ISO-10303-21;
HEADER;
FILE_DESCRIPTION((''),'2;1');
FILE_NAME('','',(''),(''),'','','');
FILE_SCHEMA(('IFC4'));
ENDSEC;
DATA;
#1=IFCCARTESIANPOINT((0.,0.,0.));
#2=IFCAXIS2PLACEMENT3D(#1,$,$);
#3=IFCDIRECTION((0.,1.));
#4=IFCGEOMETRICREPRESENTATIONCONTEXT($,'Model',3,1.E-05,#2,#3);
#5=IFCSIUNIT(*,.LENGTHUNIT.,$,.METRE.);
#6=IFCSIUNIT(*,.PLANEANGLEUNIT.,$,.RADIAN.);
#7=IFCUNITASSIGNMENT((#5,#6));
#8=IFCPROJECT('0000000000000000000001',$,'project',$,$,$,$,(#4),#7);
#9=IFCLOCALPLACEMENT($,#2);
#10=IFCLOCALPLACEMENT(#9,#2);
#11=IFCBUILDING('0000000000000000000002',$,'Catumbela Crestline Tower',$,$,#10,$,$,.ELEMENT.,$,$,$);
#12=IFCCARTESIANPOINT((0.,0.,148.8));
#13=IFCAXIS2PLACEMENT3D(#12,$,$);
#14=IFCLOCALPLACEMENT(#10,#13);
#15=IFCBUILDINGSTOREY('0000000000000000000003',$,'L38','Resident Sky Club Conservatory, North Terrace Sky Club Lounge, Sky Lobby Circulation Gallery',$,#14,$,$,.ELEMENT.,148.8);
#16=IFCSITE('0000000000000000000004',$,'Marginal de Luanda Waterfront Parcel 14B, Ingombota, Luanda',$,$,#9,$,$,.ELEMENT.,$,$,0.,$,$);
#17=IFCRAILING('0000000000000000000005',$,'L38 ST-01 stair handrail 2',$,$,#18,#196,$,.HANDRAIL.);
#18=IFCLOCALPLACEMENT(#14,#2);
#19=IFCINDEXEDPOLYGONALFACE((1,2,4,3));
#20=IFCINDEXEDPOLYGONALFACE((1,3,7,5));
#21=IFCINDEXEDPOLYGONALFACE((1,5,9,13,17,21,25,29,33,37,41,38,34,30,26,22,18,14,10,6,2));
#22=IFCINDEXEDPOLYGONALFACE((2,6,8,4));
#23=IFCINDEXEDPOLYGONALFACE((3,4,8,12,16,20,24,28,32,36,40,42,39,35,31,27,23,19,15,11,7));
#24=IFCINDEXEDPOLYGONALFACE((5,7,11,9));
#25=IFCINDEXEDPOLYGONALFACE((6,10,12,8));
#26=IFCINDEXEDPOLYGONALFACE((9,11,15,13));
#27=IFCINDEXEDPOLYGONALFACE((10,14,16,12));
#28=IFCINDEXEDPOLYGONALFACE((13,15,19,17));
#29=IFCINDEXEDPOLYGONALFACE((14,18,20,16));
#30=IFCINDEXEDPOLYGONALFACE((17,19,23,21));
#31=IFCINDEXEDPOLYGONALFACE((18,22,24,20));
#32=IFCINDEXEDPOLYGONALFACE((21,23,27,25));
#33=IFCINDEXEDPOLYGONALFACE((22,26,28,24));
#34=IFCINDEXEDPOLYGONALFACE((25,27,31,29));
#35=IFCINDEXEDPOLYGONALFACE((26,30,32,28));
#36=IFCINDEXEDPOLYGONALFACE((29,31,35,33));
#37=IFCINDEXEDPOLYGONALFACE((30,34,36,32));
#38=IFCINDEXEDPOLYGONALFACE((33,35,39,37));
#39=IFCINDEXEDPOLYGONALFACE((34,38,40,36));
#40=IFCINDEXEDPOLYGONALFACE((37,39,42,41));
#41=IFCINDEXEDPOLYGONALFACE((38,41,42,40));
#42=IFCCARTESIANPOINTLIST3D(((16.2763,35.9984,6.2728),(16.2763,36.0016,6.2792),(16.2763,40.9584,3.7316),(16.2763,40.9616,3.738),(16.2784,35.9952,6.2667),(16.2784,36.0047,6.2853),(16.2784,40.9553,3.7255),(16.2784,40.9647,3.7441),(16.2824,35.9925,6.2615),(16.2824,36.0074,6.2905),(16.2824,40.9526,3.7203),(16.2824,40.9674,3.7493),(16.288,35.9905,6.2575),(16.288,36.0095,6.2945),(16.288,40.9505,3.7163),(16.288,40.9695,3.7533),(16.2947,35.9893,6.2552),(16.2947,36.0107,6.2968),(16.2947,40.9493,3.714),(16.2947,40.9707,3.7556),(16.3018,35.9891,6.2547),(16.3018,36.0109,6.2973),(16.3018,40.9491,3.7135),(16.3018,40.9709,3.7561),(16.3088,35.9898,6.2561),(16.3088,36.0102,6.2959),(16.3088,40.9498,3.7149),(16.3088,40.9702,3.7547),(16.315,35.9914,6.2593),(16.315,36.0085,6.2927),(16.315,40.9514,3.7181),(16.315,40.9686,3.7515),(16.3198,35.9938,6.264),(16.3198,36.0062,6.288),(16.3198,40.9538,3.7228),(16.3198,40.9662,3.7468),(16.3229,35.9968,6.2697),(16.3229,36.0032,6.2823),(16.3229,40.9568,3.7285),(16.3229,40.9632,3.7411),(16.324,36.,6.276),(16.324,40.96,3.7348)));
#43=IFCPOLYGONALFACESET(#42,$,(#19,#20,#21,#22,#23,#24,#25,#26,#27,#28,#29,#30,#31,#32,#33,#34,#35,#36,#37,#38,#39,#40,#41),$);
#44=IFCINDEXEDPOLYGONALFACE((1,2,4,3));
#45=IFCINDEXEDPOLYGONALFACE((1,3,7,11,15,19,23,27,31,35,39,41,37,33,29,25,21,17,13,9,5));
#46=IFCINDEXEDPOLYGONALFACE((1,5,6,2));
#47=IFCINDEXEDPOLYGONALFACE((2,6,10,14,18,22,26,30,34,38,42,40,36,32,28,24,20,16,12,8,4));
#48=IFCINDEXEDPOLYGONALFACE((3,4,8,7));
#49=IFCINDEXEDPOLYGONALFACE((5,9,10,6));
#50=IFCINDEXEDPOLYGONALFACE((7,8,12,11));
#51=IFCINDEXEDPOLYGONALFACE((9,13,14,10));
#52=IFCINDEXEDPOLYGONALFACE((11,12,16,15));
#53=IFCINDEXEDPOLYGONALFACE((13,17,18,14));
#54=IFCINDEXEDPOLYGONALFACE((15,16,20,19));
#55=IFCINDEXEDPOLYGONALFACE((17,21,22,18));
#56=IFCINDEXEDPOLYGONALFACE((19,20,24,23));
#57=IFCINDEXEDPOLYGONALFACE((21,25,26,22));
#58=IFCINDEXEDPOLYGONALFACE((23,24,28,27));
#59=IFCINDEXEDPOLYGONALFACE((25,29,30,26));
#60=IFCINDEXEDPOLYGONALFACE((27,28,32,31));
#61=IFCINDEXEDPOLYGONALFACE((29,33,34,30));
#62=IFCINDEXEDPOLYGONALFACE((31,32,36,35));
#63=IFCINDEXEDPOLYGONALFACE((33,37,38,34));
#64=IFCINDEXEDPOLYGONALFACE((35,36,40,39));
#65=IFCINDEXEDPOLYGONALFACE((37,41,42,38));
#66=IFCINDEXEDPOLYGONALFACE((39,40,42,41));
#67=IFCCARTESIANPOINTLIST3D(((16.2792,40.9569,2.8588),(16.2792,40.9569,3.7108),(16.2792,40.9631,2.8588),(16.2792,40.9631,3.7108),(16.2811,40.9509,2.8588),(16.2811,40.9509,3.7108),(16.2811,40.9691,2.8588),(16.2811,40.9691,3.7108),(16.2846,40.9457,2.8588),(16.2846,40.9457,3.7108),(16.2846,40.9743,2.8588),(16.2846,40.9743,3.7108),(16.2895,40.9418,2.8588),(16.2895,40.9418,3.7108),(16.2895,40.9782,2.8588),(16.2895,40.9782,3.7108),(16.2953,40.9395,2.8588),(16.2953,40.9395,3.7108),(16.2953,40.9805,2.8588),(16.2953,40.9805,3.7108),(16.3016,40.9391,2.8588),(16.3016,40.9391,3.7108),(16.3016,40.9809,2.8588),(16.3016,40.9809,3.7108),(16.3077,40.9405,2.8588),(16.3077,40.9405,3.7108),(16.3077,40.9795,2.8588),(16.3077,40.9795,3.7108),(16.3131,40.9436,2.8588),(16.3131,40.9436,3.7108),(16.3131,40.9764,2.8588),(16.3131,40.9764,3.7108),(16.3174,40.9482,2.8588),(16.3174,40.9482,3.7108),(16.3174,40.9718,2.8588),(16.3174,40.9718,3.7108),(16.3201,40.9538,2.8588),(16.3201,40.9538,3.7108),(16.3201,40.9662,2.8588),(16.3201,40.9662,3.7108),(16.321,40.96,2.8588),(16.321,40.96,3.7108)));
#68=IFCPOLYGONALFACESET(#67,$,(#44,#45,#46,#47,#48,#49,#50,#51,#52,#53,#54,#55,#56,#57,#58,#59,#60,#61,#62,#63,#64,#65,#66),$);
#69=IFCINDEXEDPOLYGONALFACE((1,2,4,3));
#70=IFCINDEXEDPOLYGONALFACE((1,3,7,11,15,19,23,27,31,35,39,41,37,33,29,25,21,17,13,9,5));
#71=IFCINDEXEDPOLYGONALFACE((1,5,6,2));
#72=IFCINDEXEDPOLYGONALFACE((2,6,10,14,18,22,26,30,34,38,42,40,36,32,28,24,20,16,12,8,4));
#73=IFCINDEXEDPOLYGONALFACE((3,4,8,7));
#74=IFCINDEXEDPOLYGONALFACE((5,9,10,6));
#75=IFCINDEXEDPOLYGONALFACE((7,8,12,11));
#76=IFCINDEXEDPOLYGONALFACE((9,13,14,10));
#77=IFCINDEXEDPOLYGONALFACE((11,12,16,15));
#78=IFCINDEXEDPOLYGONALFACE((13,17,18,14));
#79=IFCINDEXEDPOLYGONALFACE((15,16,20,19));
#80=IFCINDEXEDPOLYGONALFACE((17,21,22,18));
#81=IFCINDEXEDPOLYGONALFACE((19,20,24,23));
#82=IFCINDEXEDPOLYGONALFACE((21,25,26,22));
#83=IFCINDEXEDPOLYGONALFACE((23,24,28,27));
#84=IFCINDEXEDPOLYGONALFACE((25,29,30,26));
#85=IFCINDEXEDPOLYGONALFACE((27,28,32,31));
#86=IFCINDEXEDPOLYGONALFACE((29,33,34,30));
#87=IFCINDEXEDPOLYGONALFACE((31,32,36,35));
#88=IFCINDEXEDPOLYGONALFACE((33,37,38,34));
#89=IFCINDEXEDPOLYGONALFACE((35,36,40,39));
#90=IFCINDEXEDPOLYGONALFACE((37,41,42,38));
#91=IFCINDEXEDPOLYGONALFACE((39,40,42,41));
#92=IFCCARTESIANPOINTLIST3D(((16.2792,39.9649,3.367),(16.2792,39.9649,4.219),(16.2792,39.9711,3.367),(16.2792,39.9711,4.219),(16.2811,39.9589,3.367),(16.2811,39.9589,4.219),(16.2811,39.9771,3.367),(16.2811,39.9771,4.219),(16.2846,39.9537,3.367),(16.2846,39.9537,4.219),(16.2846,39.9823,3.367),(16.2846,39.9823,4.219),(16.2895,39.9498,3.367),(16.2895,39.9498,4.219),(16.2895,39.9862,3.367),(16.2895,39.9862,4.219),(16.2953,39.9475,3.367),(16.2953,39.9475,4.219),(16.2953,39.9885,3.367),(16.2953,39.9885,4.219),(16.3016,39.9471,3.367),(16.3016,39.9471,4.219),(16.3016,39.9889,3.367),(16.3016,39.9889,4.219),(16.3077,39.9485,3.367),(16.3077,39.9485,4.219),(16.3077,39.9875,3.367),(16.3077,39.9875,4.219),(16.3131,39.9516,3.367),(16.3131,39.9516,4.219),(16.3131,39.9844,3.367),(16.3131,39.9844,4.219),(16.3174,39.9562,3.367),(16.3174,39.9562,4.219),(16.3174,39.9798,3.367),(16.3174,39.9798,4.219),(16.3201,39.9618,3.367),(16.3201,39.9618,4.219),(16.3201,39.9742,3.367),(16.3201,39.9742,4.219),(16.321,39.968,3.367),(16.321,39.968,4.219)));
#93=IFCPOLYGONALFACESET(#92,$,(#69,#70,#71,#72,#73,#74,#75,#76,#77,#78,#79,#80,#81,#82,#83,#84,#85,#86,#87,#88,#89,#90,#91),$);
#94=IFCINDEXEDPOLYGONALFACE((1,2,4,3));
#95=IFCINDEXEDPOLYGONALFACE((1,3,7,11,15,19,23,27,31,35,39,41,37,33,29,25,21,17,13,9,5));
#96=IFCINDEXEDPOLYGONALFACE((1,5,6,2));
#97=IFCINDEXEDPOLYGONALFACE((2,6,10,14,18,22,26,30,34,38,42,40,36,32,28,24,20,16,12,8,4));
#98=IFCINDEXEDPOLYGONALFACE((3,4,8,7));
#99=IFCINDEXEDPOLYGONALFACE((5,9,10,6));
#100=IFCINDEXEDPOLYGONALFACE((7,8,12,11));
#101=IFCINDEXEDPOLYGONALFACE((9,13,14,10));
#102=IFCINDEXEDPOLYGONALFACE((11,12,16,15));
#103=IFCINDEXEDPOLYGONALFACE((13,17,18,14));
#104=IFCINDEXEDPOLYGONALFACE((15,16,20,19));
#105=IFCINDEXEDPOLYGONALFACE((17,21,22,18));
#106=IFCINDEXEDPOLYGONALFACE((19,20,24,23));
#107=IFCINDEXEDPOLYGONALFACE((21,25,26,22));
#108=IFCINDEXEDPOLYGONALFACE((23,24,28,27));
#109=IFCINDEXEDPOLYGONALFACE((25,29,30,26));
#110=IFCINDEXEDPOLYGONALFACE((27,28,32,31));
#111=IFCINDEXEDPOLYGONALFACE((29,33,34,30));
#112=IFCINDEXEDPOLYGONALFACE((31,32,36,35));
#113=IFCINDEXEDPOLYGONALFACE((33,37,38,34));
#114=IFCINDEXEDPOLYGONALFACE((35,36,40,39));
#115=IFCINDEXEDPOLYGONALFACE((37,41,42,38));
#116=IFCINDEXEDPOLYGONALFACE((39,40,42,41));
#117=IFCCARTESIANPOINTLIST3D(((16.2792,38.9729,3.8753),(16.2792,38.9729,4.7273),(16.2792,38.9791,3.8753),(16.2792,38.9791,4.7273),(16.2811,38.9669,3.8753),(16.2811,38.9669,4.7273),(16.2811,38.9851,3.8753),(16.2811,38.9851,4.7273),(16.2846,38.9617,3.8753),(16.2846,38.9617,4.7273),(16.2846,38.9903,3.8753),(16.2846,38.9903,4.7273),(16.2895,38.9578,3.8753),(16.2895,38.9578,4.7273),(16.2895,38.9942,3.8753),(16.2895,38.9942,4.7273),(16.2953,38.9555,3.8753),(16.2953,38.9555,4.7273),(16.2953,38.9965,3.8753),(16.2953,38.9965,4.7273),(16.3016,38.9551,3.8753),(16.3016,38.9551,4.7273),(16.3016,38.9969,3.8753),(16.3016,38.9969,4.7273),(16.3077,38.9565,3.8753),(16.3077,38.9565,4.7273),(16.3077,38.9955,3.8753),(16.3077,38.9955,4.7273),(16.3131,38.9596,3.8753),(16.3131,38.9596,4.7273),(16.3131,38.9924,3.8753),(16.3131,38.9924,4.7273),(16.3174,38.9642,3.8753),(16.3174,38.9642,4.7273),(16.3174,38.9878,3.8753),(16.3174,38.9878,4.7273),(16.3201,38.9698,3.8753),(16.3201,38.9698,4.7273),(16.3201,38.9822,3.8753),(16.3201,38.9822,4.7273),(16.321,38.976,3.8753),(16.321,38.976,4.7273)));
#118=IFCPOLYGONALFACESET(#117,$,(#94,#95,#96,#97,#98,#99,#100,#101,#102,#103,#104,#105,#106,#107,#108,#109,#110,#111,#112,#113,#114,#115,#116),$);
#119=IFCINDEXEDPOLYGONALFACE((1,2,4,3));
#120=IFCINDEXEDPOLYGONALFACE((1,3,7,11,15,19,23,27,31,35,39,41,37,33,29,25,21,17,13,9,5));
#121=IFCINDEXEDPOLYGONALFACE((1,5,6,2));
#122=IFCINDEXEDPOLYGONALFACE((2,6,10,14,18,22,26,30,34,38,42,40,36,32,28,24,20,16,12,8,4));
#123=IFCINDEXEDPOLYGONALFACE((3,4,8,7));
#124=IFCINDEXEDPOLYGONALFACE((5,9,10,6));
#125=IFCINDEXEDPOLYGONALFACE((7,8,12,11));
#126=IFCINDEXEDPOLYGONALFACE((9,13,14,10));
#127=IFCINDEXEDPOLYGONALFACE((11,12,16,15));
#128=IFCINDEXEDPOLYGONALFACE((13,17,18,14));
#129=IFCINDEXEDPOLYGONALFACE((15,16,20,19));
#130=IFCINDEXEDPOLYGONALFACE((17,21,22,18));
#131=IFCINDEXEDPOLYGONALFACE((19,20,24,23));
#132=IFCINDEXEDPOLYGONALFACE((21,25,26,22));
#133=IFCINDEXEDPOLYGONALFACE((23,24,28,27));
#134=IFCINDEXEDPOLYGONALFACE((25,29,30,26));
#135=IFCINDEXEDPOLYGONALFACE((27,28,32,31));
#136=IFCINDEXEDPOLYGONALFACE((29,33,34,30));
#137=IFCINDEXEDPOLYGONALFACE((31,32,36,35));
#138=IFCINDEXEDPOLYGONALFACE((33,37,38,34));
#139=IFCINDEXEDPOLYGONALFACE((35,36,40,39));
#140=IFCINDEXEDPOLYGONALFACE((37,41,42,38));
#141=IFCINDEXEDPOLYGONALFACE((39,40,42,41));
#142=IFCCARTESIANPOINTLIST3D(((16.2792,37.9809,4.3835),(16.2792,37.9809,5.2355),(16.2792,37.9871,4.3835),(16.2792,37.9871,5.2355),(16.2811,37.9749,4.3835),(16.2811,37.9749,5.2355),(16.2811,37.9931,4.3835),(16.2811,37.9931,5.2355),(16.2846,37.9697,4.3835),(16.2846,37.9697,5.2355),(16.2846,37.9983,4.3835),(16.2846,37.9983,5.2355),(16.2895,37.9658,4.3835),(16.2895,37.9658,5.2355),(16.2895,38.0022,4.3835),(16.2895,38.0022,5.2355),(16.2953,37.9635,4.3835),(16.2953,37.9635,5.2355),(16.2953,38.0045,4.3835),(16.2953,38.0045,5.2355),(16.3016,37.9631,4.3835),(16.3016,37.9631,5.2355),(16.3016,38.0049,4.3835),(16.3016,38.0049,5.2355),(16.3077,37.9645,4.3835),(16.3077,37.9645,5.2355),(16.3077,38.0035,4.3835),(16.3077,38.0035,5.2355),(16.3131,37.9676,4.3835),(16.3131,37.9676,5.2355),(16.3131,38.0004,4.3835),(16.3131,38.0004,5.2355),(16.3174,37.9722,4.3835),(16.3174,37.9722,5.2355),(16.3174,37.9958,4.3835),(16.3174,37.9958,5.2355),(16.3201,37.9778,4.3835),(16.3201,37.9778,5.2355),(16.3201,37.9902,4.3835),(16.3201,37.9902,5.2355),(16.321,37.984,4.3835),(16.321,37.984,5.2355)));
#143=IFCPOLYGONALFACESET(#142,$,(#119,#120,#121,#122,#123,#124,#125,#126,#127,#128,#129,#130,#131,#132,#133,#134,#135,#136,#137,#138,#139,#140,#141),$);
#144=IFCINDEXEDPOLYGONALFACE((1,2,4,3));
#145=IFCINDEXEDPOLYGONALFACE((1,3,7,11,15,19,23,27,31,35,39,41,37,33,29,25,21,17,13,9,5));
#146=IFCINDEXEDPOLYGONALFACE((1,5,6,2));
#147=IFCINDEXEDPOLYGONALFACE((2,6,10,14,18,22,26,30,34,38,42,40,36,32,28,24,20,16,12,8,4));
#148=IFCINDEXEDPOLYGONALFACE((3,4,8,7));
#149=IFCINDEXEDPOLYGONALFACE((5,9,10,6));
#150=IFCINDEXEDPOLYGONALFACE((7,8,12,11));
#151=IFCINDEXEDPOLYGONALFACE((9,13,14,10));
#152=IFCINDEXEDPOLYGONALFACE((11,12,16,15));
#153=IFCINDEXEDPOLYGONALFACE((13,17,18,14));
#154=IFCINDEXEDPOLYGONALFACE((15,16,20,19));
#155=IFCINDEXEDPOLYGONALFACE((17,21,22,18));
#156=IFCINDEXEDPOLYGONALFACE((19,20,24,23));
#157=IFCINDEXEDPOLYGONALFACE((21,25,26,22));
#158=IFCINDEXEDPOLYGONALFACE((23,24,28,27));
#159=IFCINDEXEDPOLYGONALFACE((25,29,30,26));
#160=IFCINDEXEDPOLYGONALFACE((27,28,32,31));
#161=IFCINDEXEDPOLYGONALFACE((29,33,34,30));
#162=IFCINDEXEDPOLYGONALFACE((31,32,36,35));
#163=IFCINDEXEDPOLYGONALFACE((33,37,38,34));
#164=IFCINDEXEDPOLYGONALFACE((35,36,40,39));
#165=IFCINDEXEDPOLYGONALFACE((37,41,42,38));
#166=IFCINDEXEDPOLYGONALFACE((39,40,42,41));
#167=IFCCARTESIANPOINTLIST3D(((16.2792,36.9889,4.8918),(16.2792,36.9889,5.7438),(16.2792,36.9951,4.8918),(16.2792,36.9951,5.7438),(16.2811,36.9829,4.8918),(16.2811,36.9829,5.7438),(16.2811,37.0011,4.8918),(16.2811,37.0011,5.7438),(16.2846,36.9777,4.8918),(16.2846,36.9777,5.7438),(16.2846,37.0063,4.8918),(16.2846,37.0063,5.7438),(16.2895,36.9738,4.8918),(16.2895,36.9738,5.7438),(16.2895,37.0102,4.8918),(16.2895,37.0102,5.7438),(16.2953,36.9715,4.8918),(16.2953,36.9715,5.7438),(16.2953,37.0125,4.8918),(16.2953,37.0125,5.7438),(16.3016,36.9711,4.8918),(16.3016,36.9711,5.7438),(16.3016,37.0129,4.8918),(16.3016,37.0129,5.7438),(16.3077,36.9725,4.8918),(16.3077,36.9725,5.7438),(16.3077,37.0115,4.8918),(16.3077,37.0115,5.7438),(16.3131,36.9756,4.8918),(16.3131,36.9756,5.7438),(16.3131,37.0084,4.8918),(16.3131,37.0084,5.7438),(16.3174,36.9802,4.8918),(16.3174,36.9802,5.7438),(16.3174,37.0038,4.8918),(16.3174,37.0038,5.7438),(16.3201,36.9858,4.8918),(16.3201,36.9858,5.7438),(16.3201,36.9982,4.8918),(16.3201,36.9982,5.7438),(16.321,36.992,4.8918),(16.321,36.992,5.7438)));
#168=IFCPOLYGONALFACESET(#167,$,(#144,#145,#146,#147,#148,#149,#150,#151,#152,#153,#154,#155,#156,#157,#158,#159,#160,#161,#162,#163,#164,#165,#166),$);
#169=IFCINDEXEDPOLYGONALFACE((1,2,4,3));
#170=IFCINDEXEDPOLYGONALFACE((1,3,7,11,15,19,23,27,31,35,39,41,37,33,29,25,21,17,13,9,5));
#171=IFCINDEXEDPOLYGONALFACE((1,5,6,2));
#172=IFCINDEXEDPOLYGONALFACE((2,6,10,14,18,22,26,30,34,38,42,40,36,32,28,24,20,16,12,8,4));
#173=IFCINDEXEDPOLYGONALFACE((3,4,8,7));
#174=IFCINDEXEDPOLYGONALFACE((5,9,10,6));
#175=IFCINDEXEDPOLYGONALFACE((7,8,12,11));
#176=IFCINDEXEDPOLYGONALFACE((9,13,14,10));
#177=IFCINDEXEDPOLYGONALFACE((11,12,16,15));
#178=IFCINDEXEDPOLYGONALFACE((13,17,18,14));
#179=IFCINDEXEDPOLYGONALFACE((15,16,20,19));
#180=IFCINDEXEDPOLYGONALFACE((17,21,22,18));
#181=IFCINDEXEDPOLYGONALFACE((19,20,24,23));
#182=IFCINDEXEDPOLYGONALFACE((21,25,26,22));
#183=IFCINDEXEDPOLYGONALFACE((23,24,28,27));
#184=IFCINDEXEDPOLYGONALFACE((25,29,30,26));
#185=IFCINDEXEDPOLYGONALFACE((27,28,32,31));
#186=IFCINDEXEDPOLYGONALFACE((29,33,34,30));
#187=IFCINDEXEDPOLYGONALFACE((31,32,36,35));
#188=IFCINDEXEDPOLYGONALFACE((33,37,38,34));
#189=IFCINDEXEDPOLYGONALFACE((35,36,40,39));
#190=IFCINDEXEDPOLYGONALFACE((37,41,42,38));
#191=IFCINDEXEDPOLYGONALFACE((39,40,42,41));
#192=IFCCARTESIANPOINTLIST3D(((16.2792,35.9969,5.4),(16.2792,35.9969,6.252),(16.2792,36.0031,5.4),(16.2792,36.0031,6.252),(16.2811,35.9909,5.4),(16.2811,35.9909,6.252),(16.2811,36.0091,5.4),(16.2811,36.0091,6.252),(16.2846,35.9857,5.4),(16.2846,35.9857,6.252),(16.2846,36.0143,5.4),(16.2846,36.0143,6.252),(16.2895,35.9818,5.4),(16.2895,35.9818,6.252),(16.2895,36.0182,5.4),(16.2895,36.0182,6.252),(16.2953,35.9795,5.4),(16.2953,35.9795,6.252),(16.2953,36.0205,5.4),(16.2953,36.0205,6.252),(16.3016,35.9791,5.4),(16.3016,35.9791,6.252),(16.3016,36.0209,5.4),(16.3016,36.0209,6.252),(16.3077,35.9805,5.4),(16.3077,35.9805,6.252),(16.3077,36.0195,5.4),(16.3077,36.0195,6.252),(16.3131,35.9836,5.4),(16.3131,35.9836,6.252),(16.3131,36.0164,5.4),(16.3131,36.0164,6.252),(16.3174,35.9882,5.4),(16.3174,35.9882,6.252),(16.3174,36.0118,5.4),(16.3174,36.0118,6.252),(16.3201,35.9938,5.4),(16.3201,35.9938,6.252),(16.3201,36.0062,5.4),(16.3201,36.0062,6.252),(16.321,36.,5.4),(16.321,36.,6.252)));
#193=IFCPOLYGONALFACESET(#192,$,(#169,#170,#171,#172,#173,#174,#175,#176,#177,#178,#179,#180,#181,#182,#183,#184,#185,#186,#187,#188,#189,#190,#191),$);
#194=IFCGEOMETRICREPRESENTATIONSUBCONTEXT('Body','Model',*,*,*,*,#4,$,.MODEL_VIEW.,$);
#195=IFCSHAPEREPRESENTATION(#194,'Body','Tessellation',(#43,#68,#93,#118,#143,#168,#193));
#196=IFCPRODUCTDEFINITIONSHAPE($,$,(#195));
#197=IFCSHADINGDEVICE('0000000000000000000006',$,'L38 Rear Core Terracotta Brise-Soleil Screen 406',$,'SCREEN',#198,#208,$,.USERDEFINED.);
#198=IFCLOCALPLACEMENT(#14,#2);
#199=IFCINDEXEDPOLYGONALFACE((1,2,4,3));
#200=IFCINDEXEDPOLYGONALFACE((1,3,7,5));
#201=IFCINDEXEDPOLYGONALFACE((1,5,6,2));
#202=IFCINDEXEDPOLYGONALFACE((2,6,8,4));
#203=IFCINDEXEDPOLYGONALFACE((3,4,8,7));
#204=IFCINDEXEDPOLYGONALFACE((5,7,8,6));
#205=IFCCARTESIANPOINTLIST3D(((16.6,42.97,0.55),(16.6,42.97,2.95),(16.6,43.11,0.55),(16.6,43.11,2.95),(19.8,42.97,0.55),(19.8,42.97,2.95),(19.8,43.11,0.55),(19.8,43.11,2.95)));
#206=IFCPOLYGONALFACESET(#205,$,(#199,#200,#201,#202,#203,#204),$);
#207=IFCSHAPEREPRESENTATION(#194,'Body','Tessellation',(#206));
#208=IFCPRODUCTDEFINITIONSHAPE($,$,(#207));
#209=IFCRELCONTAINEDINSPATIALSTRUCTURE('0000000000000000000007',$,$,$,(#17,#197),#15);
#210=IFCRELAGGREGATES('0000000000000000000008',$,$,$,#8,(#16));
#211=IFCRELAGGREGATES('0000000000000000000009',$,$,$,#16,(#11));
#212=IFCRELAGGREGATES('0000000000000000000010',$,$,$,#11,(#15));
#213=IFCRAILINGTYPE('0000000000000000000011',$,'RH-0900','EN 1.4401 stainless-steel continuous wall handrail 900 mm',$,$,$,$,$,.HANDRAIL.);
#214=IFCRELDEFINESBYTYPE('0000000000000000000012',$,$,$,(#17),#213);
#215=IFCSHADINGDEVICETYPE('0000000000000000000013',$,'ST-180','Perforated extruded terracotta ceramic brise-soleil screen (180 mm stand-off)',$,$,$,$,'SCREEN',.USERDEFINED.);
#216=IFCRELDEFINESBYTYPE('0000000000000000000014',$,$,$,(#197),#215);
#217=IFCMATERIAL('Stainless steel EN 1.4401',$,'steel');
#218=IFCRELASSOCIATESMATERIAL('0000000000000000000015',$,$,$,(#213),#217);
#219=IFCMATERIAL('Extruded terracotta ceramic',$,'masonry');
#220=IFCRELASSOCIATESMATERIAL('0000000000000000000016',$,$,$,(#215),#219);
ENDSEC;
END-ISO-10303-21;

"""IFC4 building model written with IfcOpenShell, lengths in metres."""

from ifc_helpers import new_model, si_unit, direction, frame, origin, origin_2d, place, context, subcontext, project, spatial, rectangle, circle, extrude, material, type_object, element, save


model = new_model("IFC4")

# Units and contexts
model_context = context("Model", 3, precision=1e-05, world=origin(), true_north=direction((0.0, 1.0)))
body_context = subcontext(model_context, "Body", "Model", "MODEL_VIEW")
ifc_project = project(units=[si_unit("LENGTHUNIT", "METRE"), si_unit("PLANEANGLEUNIT", "RADIAN")], contexts=[model_context])

# Site, building, storey
site_placement = place(None, origin())
site = spatial("IfcSite", under=ifc_project, at=site_placement, Name="Marginal de Luanda Waterfront Parcel 14B, Ingombota, Luanda", CompositionType="ELEMENT", RefElevation=0.0)
building_placement = place(site_placement, origin())
building = spatial("IfcBuilding", under=site, at=building_placement, Name="Catumbela Crestline Tower", CompositionType="ELEMENT")
storey_placement = place(building_placement, frame((0.0, 0.0, 148.8)))
storey = spatial("IfcBuildingStorey", under=building, at=storey_placement, Name="L38", Description="Resident Sky Club Conservatory, North Terrace Sky Club Lounge, Sky Lobby Circulation Gallery", CompositionType="ELEMENT", Elevation=148.8)

# Shared definitions
ifc_material_1 = material(Name="Stainless steel EN 1.4401", Category="steel")

# Railing
railing_type_1 = type_object("IfcRailingType", Name="RH-0900", Description="EN 1.4401 stainless-steel continuous wall handrail 900 mm", PredefinedType="HANDRAIL", material=ifc_material_1)
railing_1_placement = place(storey_placement, frame((16.3, 40.96, 2.8588)))
element("IfcRailing", 1, at=railing_1_placement, inside=storey, type_object=railing_type_1, Name="L38 ST-01 stair handrail 2", PredefinedType="HANDRAIL", context=body_context, shape_type="SweptSolid", body=[
    extrude(circle(Radius=0.024, at=origin_2d()), frame((0.0, 0.0, 0.876), z_axis=(0.0, -0.889992, 0.455977), x_axis=(1.0, 0.0, 0.0)), (0.0, 0.0, 1.0), 5.5731),
    extrude(circle(Radius=0.021, at=origin_2d()), origin(), (0.0, 0.0, 1.0), 0.852),
    extrude(circle(Radius=0.021, at=origin_2d()), frame((0.0, -0.992, 0.5082)), (0.0, 0.0, 1.0), 0.852),
    extrude(circle(Radius=0.021, at=origin_2d()), frame((0.0, -1.984, 1.0165)), (0.0, 0.0, 1.0), 0.852),
    extrude(circle(Radius=0.021, at=origin_2d()), frame((0.0, -2.976, 1.5247)), (0.0, 0.0, 1.0), 0.852),
    extrude(circle(Radius=0.021, at=origin_2d()), frame((0.0, -3.968, 2.033)), (0.0, 0.0, 1.0), 0.852),
    extrude(circle(Radius=0.021, at=origin_2d()), frame((0.0, -4.96, 2.5412)), (0.0, 0.0, 1.0), 0.852),
])

# Shading device
ifc_material_2 = material(Name="Extruded terracotta ceramic", Category="masonry")
shading_device_type = type_object("IfcShadingDeviceType", Name="ST-180", Description="Perforated extruded terracotta ceramic brise-soleil screen (180 mm stand-off)", ElementType="SCREEN", PredefinedType="USERDEFINED", material=ifc_material_2)
shading_device_placement = place(storey_placement, frame((18.2, 43.04, 0.55), z_axis=(0.0, 0.0, 1.0), x_axis=(1.0, 0.0, 0.0)))
element("IfcShadingDevice", 2, at=shading_device_placement, inside=storey, type_object=shading_device_type, Name="L38 Rear Core Terracotta Brise-Soleil Screen 406", ObjectType="SCREEN", PredefinedType="USERDEFINED", context=body_context, shape_type="SweptSolid", body=[
    extrude(rectangle(XDim=3.2, YDim=0.14, at=origin_2d()), origin(), (0.0, 0.0, 1.0), 2.4),
])

save(model, "model.ifc")
